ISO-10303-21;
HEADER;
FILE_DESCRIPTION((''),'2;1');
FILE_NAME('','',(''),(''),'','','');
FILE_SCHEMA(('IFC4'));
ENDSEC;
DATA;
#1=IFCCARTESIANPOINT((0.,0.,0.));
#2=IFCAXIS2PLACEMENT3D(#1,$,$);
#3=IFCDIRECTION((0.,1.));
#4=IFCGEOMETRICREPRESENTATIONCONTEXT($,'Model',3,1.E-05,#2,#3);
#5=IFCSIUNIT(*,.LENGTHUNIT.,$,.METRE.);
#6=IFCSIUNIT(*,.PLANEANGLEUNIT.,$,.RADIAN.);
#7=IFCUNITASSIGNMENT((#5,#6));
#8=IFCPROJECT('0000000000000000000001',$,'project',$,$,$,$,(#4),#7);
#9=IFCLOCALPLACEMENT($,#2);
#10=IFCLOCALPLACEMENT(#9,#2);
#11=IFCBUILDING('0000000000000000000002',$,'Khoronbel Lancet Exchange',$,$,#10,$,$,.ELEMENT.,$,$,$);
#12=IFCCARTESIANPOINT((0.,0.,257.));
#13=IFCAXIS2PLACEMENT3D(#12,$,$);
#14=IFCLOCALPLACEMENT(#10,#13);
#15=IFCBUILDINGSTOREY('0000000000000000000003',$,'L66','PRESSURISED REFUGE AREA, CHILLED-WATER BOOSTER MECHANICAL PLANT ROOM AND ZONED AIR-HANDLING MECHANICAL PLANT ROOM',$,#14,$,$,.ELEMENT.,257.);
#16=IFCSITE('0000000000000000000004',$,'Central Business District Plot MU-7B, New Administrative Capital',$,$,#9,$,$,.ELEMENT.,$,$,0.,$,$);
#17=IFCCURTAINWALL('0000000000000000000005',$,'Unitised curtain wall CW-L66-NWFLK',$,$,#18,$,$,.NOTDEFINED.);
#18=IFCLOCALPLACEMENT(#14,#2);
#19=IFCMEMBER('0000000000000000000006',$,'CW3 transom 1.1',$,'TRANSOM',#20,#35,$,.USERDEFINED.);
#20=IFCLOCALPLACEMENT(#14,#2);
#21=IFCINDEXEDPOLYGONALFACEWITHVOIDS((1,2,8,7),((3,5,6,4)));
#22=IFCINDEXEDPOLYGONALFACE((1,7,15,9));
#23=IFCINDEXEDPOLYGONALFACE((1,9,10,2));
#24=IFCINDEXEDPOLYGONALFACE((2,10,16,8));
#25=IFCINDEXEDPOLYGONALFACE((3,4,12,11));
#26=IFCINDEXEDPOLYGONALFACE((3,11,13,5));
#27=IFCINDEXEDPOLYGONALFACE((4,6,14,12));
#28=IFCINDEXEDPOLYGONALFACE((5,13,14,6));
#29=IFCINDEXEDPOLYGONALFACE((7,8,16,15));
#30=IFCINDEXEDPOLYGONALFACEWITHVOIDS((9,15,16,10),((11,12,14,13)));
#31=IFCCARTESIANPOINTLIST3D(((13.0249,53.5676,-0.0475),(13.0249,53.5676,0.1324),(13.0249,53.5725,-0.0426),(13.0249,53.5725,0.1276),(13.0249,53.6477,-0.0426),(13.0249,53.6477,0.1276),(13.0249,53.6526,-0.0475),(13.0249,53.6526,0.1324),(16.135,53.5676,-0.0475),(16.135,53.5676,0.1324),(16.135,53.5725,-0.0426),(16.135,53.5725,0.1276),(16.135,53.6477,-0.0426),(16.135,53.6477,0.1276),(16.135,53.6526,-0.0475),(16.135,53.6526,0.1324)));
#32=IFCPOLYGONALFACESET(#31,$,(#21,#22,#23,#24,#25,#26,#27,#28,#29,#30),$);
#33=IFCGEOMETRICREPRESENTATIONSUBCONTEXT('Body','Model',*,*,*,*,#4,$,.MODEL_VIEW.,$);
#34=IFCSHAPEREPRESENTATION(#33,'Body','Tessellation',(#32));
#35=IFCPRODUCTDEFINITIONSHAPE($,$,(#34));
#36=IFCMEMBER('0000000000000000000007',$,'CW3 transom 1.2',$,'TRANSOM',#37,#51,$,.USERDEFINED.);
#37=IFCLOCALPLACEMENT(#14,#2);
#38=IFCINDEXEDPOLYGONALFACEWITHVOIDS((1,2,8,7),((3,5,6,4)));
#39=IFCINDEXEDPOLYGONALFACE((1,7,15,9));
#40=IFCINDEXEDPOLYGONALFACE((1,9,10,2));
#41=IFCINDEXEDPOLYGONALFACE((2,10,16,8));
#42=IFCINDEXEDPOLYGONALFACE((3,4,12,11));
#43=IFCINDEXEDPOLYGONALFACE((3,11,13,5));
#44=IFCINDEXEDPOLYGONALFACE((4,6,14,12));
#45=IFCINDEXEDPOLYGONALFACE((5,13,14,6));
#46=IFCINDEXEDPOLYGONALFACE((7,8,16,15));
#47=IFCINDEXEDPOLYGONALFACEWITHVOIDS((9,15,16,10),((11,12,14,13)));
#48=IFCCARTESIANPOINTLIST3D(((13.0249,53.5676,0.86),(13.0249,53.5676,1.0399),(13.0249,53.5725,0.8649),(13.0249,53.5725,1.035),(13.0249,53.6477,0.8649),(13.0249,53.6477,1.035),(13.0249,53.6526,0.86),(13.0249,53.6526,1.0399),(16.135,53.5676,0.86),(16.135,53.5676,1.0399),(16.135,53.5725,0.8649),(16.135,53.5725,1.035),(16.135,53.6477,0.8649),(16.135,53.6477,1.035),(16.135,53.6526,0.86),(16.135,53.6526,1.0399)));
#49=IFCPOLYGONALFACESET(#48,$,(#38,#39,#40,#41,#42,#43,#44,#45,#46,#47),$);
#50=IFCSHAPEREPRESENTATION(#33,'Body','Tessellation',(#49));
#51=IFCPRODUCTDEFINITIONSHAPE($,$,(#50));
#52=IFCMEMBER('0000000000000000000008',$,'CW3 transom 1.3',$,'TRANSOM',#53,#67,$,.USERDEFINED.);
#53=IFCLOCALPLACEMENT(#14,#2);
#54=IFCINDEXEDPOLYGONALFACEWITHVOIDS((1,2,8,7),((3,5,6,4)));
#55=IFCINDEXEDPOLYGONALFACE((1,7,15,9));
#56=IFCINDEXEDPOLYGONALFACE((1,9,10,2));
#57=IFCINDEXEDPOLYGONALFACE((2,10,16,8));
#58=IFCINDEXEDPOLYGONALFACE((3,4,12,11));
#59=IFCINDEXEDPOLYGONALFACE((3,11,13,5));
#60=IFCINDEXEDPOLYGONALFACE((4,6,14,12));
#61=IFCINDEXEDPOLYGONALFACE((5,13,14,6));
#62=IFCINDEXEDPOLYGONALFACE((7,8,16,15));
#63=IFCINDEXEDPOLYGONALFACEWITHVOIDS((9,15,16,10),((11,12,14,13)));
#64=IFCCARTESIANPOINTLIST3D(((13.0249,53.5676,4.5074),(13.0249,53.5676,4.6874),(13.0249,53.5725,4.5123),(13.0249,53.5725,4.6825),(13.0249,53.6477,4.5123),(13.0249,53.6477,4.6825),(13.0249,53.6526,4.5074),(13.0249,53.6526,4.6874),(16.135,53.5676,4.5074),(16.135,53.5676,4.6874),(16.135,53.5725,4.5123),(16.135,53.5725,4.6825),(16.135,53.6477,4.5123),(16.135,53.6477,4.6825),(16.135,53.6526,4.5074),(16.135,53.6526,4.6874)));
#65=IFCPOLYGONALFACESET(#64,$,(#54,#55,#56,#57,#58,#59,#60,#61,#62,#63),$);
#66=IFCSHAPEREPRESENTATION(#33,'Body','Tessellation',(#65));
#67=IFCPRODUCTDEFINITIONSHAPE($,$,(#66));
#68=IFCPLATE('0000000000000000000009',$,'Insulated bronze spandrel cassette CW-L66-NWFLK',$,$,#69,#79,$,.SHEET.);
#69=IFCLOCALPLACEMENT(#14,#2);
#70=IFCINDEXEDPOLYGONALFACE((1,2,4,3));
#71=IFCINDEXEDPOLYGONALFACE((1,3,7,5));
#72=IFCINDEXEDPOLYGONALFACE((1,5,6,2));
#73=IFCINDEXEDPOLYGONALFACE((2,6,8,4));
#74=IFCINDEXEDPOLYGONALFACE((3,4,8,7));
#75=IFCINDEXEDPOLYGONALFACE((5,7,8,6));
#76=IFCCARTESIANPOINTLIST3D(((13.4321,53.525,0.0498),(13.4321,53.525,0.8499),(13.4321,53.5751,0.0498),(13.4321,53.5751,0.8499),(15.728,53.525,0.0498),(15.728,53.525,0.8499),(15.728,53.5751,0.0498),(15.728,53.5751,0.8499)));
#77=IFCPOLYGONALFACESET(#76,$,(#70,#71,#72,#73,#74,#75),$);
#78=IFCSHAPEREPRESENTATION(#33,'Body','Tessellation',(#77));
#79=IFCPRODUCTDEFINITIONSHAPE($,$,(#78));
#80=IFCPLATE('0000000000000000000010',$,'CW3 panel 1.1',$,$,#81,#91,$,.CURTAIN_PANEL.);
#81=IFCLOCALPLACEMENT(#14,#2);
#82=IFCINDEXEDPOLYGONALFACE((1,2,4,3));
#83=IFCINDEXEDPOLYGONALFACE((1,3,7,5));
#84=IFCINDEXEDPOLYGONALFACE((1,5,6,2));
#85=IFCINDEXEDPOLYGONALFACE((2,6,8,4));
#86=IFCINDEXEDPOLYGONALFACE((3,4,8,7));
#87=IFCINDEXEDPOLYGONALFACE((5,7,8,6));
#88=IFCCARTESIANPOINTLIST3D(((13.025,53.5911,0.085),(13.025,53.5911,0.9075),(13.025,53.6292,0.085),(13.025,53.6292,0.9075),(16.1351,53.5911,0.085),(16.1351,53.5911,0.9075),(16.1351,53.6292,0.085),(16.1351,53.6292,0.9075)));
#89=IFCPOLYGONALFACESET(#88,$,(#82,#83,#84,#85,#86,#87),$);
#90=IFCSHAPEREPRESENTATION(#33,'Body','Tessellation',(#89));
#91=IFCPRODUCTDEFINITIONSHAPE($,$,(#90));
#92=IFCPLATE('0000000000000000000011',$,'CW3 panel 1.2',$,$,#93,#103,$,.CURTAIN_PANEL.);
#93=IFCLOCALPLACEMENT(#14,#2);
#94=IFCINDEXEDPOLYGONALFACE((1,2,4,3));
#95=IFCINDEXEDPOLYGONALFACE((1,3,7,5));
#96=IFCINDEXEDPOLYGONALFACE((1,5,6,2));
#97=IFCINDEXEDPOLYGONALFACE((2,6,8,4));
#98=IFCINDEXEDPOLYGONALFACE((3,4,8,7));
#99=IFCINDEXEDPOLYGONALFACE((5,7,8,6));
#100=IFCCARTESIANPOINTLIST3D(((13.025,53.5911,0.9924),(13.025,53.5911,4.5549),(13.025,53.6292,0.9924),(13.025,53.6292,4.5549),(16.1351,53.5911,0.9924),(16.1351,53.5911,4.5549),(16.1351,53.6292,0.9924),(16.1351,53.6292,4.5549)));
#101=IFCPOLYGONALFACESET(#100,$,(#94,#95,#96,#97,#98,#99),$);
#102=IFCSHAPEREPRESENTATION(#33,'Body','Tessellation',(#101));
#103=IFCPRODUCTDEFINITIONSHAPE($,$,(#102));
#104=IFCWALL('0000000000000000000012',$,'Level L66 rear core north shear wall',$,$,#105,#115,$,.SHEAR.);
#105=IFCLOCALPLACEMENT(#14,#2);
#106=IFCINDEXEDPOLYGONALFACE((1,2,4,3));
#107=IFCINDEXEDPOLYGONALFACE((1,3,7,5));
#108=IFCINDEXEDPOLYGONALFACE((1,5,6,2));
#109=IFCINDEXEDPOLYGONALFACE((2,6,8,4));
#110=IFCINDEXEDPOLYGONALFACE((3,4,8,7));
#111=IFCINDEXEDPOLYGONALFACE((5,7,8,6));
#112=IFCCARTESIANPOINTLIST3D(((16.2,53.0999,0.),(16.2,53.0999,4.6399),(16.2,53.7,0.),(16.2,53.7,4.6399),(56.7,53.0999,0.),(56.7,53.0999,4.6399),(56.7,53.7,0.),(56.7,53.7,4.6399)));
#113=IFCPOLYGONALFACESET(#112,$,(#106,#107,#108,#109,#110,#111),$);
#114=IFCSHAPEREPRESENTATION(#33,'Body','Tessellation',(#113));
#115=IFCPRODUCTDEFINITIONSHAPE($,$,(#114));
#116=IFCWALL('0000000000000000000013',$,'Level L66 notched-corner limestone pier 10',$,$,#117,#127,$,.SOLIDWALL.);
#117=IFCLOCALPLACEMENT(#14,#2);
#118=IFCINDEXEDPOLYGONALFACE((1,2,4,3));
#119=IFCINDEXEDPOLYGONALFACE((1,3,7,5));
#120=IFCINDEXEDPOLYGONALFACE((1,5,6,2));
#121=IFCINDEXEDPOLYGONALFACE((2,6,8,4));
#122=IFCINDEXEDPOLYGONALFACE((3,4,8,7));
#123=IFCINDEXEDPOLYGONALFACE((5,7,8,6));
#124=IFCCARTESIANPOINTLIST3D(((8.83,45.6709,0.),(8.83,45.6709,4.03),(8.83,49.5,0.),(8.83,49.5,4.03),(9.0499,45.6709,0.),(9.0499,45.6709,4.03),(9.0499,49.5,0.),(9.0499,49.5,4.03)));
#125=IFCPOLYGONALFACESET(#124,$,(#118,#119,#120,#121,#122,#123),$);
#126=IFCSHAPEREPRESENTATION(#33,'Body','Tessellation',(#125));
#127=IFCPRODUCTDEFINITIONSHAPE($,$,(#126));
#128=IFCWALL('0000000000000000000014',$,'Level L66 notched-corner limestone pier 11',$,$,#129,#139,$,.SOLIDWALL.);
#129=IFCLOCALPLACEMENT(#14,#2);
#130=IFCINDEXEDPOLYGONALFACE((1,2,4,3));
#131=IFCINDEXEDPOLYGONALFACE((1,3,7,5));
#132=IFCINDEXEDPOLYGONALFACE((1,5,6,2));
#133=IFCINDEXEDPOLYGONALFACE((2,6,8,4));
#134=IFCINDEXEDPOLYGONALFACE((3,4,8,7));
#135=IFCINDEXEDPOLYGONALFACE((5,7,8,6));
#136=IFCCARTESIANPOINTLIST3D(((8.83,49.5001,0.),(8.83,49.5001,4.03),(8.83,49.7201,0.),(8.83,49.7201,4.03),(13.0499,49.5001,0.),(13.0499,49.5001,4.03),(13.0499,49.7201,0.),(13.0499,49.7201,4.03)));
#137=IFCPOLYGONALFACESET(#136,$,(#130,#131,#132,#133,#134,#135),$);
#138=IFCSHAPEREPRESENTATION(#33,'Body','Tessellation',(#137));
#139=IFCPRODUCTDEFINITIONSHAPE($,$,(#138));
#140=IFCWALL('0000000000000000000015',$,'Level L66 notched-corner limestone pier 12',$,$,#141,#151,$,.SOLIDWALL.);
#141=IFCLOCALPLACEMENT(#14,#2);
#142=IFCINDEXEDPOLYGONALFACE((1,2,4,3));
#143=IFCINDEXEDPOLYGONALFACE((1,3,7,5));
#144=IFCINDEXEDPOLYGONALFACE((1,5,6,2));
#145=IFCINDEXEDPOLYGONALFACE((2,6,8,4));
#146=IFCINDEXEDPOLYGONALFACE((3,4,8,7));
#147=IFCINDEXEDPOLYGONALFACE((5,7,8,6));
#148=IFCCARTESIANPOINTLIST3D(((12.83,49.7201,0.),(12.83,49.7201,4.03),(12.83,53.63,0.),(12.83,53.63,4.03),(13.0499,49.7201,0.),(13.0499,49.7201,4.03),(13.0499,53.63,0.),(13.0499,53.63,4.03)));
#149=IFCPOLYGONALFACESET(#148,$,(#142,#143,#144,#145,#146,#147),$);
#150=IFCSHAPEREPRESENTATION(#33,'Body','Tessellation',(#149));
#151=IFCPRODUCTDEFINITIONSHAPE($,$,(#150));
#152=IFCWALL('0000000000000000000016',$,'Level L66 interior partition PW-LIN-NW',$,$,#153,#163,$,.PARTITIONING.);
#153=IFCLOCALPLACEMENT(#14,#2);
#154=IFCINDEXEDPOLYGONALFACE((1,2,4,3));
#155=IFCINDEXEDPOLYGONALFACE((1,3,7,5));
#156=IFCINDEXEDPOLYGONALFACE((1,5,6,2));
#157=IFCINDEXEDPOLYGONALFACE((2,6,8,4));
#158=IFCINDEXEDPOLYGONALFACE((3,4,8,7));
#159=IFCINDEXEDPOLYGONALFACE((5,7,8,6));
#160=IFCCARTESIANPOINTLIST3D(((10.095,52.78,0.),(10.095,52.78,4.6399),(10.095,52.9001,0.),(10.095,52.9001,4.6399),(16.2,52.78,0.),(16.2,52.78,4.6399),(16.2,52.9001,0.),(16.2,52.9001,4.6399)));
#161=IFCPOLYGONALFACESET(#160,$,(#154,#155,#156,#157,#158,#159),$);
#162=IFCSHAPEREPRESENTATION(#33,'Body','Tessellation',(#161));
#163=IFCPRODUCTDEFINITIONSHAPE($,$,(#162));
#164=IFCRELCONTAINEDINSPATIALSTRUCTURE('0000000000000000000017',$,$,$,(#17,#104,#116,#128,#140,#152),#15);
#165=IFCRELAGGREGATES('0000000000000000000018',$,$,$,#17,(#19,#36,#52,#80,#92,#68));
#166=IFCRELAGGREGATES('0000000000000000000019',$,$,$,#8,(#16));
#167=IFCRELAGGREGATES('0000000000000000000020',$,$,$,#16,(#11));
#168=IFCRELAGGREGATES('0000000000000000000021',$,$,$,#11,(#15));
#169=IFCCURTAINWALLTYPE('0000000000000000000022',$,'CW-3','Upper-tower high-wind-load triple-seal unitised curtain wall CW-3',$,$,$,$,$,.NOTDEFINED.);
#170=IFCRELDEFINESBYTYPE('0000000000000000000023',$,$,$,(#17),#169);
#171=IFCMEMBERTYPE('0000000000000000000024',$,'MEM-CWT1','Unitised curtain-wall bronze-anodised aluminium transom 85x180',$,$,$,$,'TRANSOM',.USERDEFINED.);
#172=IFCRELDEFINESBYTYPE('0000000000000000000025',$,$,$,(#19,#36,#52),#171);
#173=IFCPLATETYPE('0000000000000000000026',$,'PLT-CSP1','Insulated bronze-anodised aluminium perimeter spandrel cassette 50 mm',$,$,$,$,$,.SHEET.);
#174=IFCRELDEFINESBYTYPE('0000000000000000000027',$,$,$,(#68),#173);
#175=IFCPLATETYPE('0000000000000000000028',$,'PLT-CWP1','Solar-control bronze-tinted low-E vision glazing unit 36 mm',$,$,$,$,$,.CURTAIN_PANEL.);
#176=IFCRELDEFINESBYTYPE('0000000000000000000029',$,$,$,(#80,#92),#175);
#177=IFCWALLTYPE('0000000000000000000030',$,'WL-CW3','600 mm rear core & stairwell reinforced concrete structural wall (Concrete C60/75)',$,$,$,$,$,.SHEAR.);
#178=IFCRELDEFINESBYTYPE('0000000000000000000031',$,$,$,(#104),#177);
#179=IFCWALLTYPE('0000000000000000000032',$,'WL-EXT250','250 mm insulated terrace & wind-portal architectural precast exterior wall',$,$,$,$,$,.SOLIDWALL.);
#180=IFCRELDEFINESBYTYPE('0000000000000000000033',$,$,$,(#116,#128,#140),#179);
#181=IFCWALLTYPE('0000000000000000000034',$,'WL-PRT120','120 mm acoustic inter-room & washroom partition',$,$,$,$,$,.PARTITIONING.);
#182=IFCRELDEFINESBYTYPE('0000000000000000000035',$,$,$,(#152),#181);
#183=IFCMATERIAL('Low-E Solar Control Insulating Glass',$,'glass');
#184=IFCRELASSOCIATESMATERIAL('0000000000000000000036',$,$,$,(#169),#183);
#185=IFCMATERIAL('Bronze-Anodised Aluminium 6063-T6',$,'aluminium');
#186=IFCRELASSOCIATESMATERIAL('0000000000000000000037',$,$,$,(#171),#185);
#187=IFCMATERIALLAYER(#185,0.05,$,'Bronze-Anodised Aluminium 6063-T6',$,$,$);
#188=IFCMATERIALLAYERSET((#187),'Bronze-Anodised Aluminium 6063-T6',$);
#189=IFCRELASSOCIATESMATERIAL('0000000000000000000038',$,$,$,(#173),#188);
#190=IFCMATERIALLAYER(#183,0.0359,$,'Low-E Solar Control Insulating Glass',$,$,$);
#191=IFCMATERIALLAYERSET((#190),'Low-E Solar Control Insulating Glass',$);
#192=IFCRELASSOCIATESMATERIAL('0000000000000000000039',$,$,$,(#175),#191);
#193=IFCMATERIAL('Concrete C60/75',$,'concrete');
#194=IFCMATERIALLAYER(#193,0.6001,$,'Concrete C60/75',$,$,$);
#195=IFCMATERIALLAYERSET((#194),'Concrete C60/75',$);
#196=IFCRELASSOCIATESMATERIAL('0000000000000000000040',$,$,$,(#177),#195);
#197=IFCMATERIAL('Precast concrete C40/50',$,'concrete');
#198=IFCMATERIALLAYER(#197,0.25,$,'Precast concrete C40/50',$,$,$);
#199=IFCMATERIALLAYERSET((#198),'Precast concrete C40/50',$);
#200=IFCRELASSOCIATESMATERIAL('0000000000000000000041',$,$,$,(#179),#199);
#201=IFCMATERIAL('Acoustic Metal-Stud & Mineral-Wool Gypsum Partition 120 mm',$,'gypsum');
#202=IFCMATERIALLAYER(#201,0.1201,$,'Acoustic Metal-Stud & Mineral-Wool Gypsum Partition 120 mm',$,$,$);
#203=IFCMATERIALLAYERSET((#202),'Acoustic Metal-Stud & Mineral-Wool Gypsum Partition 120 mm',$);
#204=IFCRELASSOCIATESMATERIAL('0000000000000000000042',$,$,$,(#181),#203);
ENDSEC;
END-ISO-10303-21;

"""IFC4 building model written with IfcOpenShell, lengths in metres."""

from ifc_helpers import new_model, si_unit, direction, frame, frame_2d, origin, origin_2d, place, context, subcontext, project, spatial, rectangle, hollow_rectangle, extrude, material, layer, layer_set, material_profile, profile_set, type_object, element, aggregate, save


model = new_model("IFC4")

# Units and contexts
model_context = context("Model", 3, precision=1e-05, world=origin(), true_north=direction((0.0, 1.0)))
body_context = subcontext(model_context, "Body", "Model", "MODEL_VIEW")
ifc_project = project(units=[si_unit("LENGTHUNIT", "METRE"), si_unit("PLANEANGLEUNIT", "RADIAN")], contexts=[model_context])

# Site, building, storey
site_placement = place(None, origin())
site = spatial("IfcSite", under=ifc_project, at=site_placement, Name="Central Business District Plot MU-7B, New Administrative Capital", CompositionType="ELEMENT", RefElevation=0.0)
building_placement = place(site_placement, origin())
building = spatial("IfcBuilding", under=site, at=building_placement, Name="Khoronbel Lancet Exchange", CompositionType="ELEMENT")
storey_placement = place(building_placement, frame((0.0, 0.0, 257.0)))
storey = spatial("IfcBuildingStorey", under=building, at=storey_placement, Name="L66", Description="PRESSURISED REFUGE AREA, CHILLED-WATER BOOSTER MECHANICAL PLANT ROOM AND ZONED AIR-HANDLING MECHANICAL PLANT ROOM", CompositionType="ELEMENT", Elevation=257.0)

# Curtain wall
ifc_material_1 = material(Name="Low-E Solar Control Insulating Glass", Category="glass")
curtain_wall_type_1 = type_object("IfcCurtainWallType", Name="CW-3", Description="Upper-tower high-wind-load triple-seal unitised curtain wall CW-3", PredefinedType="NOTDEFINED", material=ifc_material_1)
curtain_wall_1_placement = place(storey_placement, origin())
curtain_wall_1 = element("IfcCurtainWall", 1, at=curtain_wall_1_placement, inside=storey, type_object=curtain_wall_type_1, Name="Unitised curtain wall CW-L66-NWFLK", PredefinedType="NOTDEFINED")
ifc_material_2 = material(Name="Bronze-Anodised Aluminium 6063-T6", Category="aluminium")

# Members
ifc_material_profile_1 = material_profile(ifc_material_2, hollow_rectangle(XDim=0.085, YDim=0.1799, WallThickness=0.0049, at=origin_2d()), Name="ALU TRANSOM 85x180")
ifc_profile_set_1 = profile_set([ifc_material_profile_1], Name="Bronze-Anodised Aluminium 6063-T6")
member_type_1 = type_object("IfcMemberType", Name="MEM-CWT1", Description="Unitised curtain-wall bronze-anodised aluminium transom 85x180", ElementType="TRANSOM", PredefinedType="USERDEFINED", material=ifc_profile_set_1)
member_1_placement = place(storey_placement, frame((16.135, 53.6101, 0.0425), z_axis=(-1.0, 0.0, 0.0), x_axis=(0.0, -1.0, 0.0)))
member_1 = element("IfcMember", 2, at=member_1_placement, type_object=member_type_1, Name="CW3 transom 1.1", ObjectType="TRANSOM", PredefinedType="USERDEFINED", context=body_context, shape_type="SweptSolid", body=[
    extrude(hollow_rectangle(XDim=0.085, YDim=0.1799, WallThickness=0.0049, at=origin_2d()), origin(), (0.0, 0.0, 1.0), 3.1101),
])
member_2_placement = place(storey_placement, frame((16.135, 53.6101, 0.95), z_axis=(-1.0, 0.0, 0.0), x_axis=(0.0, -1.0, 0.0)))
member_2 = element("IfcMember", 3, at=member_2_placement, type_object=member_type_1, Name="CW3 transom 1.2", ObjectType="TRANSOM", PredefinedType="USERDEFINED", context=body_context, shape_type="SweptSolid", body=[
    extrude(hollow_rectangle(XDim=0.085, YDim=0.1799, WallThickness=0.0049, at=origin_2d()), origin(), (0.0, 0.0, 1.0), 3.1101),
])
member_3_placement = place(storey_placement, frame((16.135, 53.6101, 4.5974), z_axis=(-1.0, 0.0, 0.0), x_axis=(0.0, -1.0, 0.0)))
member_3 = element("IfcMember", 4, at=member_3_placement, type_object=member_type_1, Name="CW3 transom 1.3", ObjectType="TRANSOM", PredefinedType="USERDEFINED", context=body_context, shape_type="SweptSolid", body=[
    extrude(hollow_rectangle(XDim=0.085, YDim=0.1799, WallThickness=0.0049, at=origin_2d()), origin(), (0.0, 0.0, 1.0), 3.1101),
])

# Plates
ifc_layer_1 = layer(ifc_material_2, 0.05, Name="Bronze-Anodised Aluminium 6063-T6")
ifc_layer_set_1 = layer_set([ifc_layer_1], Name="Bronze-Anodised Aluminium 6063-T6")
plate_type_1 = type_object("IfcPlateType", Name="PLT-CSP1", Description="Insulated bronze-anodised aluminium perimeter spandrel cassette 50 mm", PredefinedType="SHEET", material=ifc_layer_set_1)
plate_1_placement = place(storey_placement, frame((14.5801, 53.55, 0.0498), z_axis=(0.0, 0.0, 1.0), x_axis=(-1.0, 0.0, 0.0)))
plate_1 = element("IfcPlate", 5, at=plate_1_placement, type_object=plate_type_1, Name="Insulated bronze spandrel cassette CW-L66-NWFLK", PredefinedType="SHEET", context=body_context, shape_type="SweptSolid", body=[
    extrude(rectangle(XDim=2.2959, YDim=0.05, at=origin_2d()), origin(), (0.0, 0.0, 1.0), 0.8),
])
ifc_layer_2 = layer(ifc_material_1, 0.0359, Name="Low-E Solar Control Insulating Glass")
ifc_layer_set_2 = layer_set([ifc_layer_2], Name="Low-E Solar Control Insulating Glass")
plate_type_2 = type_object("IfcPlateType", Name="PLT-CWP1", Description="Solar-control bronze-tinted low-E vision glazing unit 36 mm", PredefinedType="CURTAIN_PANEL", material=ifc_layer_set_2)
plate_2_placement = place(storey_placement, frame((14.5801, 53.6101, 0.085), z_axis=(0.0, 0.0, 1.0), x_axis=(-1.0, 0.0, 0.0)))
plate_2 = element("IfcPlate", 6, at=plate_2_placement, type_object=plate_type_2, Name="CW3 panel 1.1", PredefinedType="CURTAIN_PANEL", context=body_context, shape_type="SweptSolid", body=[
    extrude(rectangle(XDim=3.1101, YDim=0.0381, at=origin_2d()), origin(), (0.0, 0.0, 1.0), 0.8225),
])
plate_3_placement = place(storey_placement, frame((14.5801, 53.6101, 0.9924), z_axis=(0.0, 0.0, 1.0), x_axis=(-1.0, 0.0, 0.0)))
plate_3 = element("IfcPlate", 7, at=plate_3_placement, type_object=plate_type_2, Name="CW3 panel 1.2", PredefinedType="CURTAIN_PANEL", context=body_context, shape_type="SweptSolid", body=[
    extrude(rectangle(XDim=3.1101, YDim=0.0381, at=origin_2d()), origin(), (0.0, 0.0, 1.0), 3.5625),
])
aggregate(curtain_wall_1, [member_1, member_2, member_3, plate_2, plate_3, plate_1])

# Walls
ifc_material_3 = material(Name="Concrete C60/75", Category="concrete")
ifc_layer_3 = layer(ifc_material_3, 0.6001, Name="Concrete C60/75")
ifc_layer_set_3 = layer_set([ifc_layer_3], Name="Concrete C60/75")
wall_type_1 = type_object("IfcWallType", Name="WL-CW3", Description="600 mm rear core & stairwell reinforced concrete structural wall (Concrete C60/75)", PredefinedType="SHEAR", material=ifc_layer_set_3)
wall_1_placement = place(storey_placement, frame((16.2, 53.3999, 0.0), z_axis=(0.0, 0.0, 1.0), x_axis=(1.0, 0.0, 0.0)))
element("IfcWall", 8, at=wall_1_placement, inside=storey, type_object=wall_type_1, Name="Level L66 rear core north shear wall", PredefinedType="SHEAR", context=body_context, shape_type="SweptSolid", body=[
    extrude(rectangle(XDim=40.5, YDim=0.6001, at=frame_2d((20.25, 0.0))), origin(), (0.0, 0.0, 1.0), 4.6399),
])
ifc_material_4 = material(Name="Precast concrete C40/50", Category="concrete")
ifc_layer_4 = layer(ifc_material_4, 0.25, Name="Precast concrete C40/50")
ifc_layer_set_4 = layer_set([ifc_layer_4], Name="Precast concrete C40/50")
wall_type_2 = type_object("IfcWallType", Name="WL-EXT250", Description="250 mm insulated terrace & wind-portal architectural precast exterior wall", PredefinedType="SOLIDWALL", material=ifc_layer_set_4)
wall_2_placement = place(storey_placement, frame((8.9399, 45.6709, 0.0), z_axis=(0.0, 0.0, 1.0), x_axis=(0.0, 1.0, 0.0)))
element("IfcWall", 9, at=wall_2_placement, inside=storey, type_object=wall_type_2, Name="Level L66 notched-corner limestone pier 10", PredefinedType="SOLIDWALL", context=body_context, shape_type="SweptSolid", body=[
    extrude(rectangle(XDim=3.8291, YDim=0.22, at=frame_2d((1.9146, 0.0))), origin(), (0.0, 0.0, 1.0), 4.03),
])
wall_3_placement = place(storey_placement, frame((8.8301, 49.6101, 0.0), z_axis=(0.0, 0.0, 1.0), x_axis=(1.0, 0.0, 0.0)))
element("IfcWall", 10, at=wall_3_placement, inside=storey, type_object=wall_type_2, Name="Level L66 notched-corner limestone pier 11", PredefinedType="SOLIDWALL", context=body_context, shape_type="SweptSolid", body=[
    extrude(rectangle(XDim=4.22, YDim=0.22, at=frame_2d((2.1099, 0.0))), origin(), (0.0, 0.0, 1.0), 4.03),
])
wall_4_placement = place(storey_placement, frame((12.9399, 49.72, 0.0), z_axis=(0.0, 0.0, 1.0), x_axis=(0.0, 1.0, 0.0)))
element("IfcWall", 11, at=wall_4_placement, inside=storey, type_object=wall_type_2, Name="Level L66 notched-corner limestone pier 12", PredefinedType="SOLIDWALL", context=body_context, shape_type="SweptSolid", body=[
    extrude(rectangle(XDim=3.9099, YDim=0.22, at=frame_2d((1.9551, 0.0))), origin(), (0.0, 0.0, 1.0), 4.03),
])
ifc_material_5 = material(Name="Acoustic Metal-Stud & Mineral-Wool Gypsum Partition 120 mm", Category="gypsum")
ifc_layer_5 = layer(ifc_material_5, 0.1201, Name="Acoustic Metal-Stud & Mineral-Wool Gypsum Partition 120 mm")
ifc_layer_set_5 = layer_set([ifc_layer_5], Name="Acoustic Metal-Stud & Mineral-Wool Gypsum Partition 120 mm")
wall_type_3 = type_object("IfcWallType", Name="WL-PRT120", Description="120 mm acoustic inter-room & washroom partition", PredefinedType="PARTITIONING", material=ifc_layer_set_5)
wall_5_placement = place(storey_placement, frame((10.095, 52.8401, 0.0), z_axis=(0.0, 0.0, 1.0), x_axis=(1.0, 0.0, 0.0)))
element("IfcWall", 12, at=wall_5_placement, inside=storey, type_object=wall_type_3, Name="Level L66 interior partition PW-LIN-NW", PredefinedType="PARTITIONING", context=body_context, shape_type="SweptSolid", body=[
    extrude(rectangle(XDim=6.105, YDim=0.1201, at=frame_2d((3.0525, 0.0))), origin(), (0.0, 0.0, 1.0), 4.6399),
])

save(model, "model.ifc")
